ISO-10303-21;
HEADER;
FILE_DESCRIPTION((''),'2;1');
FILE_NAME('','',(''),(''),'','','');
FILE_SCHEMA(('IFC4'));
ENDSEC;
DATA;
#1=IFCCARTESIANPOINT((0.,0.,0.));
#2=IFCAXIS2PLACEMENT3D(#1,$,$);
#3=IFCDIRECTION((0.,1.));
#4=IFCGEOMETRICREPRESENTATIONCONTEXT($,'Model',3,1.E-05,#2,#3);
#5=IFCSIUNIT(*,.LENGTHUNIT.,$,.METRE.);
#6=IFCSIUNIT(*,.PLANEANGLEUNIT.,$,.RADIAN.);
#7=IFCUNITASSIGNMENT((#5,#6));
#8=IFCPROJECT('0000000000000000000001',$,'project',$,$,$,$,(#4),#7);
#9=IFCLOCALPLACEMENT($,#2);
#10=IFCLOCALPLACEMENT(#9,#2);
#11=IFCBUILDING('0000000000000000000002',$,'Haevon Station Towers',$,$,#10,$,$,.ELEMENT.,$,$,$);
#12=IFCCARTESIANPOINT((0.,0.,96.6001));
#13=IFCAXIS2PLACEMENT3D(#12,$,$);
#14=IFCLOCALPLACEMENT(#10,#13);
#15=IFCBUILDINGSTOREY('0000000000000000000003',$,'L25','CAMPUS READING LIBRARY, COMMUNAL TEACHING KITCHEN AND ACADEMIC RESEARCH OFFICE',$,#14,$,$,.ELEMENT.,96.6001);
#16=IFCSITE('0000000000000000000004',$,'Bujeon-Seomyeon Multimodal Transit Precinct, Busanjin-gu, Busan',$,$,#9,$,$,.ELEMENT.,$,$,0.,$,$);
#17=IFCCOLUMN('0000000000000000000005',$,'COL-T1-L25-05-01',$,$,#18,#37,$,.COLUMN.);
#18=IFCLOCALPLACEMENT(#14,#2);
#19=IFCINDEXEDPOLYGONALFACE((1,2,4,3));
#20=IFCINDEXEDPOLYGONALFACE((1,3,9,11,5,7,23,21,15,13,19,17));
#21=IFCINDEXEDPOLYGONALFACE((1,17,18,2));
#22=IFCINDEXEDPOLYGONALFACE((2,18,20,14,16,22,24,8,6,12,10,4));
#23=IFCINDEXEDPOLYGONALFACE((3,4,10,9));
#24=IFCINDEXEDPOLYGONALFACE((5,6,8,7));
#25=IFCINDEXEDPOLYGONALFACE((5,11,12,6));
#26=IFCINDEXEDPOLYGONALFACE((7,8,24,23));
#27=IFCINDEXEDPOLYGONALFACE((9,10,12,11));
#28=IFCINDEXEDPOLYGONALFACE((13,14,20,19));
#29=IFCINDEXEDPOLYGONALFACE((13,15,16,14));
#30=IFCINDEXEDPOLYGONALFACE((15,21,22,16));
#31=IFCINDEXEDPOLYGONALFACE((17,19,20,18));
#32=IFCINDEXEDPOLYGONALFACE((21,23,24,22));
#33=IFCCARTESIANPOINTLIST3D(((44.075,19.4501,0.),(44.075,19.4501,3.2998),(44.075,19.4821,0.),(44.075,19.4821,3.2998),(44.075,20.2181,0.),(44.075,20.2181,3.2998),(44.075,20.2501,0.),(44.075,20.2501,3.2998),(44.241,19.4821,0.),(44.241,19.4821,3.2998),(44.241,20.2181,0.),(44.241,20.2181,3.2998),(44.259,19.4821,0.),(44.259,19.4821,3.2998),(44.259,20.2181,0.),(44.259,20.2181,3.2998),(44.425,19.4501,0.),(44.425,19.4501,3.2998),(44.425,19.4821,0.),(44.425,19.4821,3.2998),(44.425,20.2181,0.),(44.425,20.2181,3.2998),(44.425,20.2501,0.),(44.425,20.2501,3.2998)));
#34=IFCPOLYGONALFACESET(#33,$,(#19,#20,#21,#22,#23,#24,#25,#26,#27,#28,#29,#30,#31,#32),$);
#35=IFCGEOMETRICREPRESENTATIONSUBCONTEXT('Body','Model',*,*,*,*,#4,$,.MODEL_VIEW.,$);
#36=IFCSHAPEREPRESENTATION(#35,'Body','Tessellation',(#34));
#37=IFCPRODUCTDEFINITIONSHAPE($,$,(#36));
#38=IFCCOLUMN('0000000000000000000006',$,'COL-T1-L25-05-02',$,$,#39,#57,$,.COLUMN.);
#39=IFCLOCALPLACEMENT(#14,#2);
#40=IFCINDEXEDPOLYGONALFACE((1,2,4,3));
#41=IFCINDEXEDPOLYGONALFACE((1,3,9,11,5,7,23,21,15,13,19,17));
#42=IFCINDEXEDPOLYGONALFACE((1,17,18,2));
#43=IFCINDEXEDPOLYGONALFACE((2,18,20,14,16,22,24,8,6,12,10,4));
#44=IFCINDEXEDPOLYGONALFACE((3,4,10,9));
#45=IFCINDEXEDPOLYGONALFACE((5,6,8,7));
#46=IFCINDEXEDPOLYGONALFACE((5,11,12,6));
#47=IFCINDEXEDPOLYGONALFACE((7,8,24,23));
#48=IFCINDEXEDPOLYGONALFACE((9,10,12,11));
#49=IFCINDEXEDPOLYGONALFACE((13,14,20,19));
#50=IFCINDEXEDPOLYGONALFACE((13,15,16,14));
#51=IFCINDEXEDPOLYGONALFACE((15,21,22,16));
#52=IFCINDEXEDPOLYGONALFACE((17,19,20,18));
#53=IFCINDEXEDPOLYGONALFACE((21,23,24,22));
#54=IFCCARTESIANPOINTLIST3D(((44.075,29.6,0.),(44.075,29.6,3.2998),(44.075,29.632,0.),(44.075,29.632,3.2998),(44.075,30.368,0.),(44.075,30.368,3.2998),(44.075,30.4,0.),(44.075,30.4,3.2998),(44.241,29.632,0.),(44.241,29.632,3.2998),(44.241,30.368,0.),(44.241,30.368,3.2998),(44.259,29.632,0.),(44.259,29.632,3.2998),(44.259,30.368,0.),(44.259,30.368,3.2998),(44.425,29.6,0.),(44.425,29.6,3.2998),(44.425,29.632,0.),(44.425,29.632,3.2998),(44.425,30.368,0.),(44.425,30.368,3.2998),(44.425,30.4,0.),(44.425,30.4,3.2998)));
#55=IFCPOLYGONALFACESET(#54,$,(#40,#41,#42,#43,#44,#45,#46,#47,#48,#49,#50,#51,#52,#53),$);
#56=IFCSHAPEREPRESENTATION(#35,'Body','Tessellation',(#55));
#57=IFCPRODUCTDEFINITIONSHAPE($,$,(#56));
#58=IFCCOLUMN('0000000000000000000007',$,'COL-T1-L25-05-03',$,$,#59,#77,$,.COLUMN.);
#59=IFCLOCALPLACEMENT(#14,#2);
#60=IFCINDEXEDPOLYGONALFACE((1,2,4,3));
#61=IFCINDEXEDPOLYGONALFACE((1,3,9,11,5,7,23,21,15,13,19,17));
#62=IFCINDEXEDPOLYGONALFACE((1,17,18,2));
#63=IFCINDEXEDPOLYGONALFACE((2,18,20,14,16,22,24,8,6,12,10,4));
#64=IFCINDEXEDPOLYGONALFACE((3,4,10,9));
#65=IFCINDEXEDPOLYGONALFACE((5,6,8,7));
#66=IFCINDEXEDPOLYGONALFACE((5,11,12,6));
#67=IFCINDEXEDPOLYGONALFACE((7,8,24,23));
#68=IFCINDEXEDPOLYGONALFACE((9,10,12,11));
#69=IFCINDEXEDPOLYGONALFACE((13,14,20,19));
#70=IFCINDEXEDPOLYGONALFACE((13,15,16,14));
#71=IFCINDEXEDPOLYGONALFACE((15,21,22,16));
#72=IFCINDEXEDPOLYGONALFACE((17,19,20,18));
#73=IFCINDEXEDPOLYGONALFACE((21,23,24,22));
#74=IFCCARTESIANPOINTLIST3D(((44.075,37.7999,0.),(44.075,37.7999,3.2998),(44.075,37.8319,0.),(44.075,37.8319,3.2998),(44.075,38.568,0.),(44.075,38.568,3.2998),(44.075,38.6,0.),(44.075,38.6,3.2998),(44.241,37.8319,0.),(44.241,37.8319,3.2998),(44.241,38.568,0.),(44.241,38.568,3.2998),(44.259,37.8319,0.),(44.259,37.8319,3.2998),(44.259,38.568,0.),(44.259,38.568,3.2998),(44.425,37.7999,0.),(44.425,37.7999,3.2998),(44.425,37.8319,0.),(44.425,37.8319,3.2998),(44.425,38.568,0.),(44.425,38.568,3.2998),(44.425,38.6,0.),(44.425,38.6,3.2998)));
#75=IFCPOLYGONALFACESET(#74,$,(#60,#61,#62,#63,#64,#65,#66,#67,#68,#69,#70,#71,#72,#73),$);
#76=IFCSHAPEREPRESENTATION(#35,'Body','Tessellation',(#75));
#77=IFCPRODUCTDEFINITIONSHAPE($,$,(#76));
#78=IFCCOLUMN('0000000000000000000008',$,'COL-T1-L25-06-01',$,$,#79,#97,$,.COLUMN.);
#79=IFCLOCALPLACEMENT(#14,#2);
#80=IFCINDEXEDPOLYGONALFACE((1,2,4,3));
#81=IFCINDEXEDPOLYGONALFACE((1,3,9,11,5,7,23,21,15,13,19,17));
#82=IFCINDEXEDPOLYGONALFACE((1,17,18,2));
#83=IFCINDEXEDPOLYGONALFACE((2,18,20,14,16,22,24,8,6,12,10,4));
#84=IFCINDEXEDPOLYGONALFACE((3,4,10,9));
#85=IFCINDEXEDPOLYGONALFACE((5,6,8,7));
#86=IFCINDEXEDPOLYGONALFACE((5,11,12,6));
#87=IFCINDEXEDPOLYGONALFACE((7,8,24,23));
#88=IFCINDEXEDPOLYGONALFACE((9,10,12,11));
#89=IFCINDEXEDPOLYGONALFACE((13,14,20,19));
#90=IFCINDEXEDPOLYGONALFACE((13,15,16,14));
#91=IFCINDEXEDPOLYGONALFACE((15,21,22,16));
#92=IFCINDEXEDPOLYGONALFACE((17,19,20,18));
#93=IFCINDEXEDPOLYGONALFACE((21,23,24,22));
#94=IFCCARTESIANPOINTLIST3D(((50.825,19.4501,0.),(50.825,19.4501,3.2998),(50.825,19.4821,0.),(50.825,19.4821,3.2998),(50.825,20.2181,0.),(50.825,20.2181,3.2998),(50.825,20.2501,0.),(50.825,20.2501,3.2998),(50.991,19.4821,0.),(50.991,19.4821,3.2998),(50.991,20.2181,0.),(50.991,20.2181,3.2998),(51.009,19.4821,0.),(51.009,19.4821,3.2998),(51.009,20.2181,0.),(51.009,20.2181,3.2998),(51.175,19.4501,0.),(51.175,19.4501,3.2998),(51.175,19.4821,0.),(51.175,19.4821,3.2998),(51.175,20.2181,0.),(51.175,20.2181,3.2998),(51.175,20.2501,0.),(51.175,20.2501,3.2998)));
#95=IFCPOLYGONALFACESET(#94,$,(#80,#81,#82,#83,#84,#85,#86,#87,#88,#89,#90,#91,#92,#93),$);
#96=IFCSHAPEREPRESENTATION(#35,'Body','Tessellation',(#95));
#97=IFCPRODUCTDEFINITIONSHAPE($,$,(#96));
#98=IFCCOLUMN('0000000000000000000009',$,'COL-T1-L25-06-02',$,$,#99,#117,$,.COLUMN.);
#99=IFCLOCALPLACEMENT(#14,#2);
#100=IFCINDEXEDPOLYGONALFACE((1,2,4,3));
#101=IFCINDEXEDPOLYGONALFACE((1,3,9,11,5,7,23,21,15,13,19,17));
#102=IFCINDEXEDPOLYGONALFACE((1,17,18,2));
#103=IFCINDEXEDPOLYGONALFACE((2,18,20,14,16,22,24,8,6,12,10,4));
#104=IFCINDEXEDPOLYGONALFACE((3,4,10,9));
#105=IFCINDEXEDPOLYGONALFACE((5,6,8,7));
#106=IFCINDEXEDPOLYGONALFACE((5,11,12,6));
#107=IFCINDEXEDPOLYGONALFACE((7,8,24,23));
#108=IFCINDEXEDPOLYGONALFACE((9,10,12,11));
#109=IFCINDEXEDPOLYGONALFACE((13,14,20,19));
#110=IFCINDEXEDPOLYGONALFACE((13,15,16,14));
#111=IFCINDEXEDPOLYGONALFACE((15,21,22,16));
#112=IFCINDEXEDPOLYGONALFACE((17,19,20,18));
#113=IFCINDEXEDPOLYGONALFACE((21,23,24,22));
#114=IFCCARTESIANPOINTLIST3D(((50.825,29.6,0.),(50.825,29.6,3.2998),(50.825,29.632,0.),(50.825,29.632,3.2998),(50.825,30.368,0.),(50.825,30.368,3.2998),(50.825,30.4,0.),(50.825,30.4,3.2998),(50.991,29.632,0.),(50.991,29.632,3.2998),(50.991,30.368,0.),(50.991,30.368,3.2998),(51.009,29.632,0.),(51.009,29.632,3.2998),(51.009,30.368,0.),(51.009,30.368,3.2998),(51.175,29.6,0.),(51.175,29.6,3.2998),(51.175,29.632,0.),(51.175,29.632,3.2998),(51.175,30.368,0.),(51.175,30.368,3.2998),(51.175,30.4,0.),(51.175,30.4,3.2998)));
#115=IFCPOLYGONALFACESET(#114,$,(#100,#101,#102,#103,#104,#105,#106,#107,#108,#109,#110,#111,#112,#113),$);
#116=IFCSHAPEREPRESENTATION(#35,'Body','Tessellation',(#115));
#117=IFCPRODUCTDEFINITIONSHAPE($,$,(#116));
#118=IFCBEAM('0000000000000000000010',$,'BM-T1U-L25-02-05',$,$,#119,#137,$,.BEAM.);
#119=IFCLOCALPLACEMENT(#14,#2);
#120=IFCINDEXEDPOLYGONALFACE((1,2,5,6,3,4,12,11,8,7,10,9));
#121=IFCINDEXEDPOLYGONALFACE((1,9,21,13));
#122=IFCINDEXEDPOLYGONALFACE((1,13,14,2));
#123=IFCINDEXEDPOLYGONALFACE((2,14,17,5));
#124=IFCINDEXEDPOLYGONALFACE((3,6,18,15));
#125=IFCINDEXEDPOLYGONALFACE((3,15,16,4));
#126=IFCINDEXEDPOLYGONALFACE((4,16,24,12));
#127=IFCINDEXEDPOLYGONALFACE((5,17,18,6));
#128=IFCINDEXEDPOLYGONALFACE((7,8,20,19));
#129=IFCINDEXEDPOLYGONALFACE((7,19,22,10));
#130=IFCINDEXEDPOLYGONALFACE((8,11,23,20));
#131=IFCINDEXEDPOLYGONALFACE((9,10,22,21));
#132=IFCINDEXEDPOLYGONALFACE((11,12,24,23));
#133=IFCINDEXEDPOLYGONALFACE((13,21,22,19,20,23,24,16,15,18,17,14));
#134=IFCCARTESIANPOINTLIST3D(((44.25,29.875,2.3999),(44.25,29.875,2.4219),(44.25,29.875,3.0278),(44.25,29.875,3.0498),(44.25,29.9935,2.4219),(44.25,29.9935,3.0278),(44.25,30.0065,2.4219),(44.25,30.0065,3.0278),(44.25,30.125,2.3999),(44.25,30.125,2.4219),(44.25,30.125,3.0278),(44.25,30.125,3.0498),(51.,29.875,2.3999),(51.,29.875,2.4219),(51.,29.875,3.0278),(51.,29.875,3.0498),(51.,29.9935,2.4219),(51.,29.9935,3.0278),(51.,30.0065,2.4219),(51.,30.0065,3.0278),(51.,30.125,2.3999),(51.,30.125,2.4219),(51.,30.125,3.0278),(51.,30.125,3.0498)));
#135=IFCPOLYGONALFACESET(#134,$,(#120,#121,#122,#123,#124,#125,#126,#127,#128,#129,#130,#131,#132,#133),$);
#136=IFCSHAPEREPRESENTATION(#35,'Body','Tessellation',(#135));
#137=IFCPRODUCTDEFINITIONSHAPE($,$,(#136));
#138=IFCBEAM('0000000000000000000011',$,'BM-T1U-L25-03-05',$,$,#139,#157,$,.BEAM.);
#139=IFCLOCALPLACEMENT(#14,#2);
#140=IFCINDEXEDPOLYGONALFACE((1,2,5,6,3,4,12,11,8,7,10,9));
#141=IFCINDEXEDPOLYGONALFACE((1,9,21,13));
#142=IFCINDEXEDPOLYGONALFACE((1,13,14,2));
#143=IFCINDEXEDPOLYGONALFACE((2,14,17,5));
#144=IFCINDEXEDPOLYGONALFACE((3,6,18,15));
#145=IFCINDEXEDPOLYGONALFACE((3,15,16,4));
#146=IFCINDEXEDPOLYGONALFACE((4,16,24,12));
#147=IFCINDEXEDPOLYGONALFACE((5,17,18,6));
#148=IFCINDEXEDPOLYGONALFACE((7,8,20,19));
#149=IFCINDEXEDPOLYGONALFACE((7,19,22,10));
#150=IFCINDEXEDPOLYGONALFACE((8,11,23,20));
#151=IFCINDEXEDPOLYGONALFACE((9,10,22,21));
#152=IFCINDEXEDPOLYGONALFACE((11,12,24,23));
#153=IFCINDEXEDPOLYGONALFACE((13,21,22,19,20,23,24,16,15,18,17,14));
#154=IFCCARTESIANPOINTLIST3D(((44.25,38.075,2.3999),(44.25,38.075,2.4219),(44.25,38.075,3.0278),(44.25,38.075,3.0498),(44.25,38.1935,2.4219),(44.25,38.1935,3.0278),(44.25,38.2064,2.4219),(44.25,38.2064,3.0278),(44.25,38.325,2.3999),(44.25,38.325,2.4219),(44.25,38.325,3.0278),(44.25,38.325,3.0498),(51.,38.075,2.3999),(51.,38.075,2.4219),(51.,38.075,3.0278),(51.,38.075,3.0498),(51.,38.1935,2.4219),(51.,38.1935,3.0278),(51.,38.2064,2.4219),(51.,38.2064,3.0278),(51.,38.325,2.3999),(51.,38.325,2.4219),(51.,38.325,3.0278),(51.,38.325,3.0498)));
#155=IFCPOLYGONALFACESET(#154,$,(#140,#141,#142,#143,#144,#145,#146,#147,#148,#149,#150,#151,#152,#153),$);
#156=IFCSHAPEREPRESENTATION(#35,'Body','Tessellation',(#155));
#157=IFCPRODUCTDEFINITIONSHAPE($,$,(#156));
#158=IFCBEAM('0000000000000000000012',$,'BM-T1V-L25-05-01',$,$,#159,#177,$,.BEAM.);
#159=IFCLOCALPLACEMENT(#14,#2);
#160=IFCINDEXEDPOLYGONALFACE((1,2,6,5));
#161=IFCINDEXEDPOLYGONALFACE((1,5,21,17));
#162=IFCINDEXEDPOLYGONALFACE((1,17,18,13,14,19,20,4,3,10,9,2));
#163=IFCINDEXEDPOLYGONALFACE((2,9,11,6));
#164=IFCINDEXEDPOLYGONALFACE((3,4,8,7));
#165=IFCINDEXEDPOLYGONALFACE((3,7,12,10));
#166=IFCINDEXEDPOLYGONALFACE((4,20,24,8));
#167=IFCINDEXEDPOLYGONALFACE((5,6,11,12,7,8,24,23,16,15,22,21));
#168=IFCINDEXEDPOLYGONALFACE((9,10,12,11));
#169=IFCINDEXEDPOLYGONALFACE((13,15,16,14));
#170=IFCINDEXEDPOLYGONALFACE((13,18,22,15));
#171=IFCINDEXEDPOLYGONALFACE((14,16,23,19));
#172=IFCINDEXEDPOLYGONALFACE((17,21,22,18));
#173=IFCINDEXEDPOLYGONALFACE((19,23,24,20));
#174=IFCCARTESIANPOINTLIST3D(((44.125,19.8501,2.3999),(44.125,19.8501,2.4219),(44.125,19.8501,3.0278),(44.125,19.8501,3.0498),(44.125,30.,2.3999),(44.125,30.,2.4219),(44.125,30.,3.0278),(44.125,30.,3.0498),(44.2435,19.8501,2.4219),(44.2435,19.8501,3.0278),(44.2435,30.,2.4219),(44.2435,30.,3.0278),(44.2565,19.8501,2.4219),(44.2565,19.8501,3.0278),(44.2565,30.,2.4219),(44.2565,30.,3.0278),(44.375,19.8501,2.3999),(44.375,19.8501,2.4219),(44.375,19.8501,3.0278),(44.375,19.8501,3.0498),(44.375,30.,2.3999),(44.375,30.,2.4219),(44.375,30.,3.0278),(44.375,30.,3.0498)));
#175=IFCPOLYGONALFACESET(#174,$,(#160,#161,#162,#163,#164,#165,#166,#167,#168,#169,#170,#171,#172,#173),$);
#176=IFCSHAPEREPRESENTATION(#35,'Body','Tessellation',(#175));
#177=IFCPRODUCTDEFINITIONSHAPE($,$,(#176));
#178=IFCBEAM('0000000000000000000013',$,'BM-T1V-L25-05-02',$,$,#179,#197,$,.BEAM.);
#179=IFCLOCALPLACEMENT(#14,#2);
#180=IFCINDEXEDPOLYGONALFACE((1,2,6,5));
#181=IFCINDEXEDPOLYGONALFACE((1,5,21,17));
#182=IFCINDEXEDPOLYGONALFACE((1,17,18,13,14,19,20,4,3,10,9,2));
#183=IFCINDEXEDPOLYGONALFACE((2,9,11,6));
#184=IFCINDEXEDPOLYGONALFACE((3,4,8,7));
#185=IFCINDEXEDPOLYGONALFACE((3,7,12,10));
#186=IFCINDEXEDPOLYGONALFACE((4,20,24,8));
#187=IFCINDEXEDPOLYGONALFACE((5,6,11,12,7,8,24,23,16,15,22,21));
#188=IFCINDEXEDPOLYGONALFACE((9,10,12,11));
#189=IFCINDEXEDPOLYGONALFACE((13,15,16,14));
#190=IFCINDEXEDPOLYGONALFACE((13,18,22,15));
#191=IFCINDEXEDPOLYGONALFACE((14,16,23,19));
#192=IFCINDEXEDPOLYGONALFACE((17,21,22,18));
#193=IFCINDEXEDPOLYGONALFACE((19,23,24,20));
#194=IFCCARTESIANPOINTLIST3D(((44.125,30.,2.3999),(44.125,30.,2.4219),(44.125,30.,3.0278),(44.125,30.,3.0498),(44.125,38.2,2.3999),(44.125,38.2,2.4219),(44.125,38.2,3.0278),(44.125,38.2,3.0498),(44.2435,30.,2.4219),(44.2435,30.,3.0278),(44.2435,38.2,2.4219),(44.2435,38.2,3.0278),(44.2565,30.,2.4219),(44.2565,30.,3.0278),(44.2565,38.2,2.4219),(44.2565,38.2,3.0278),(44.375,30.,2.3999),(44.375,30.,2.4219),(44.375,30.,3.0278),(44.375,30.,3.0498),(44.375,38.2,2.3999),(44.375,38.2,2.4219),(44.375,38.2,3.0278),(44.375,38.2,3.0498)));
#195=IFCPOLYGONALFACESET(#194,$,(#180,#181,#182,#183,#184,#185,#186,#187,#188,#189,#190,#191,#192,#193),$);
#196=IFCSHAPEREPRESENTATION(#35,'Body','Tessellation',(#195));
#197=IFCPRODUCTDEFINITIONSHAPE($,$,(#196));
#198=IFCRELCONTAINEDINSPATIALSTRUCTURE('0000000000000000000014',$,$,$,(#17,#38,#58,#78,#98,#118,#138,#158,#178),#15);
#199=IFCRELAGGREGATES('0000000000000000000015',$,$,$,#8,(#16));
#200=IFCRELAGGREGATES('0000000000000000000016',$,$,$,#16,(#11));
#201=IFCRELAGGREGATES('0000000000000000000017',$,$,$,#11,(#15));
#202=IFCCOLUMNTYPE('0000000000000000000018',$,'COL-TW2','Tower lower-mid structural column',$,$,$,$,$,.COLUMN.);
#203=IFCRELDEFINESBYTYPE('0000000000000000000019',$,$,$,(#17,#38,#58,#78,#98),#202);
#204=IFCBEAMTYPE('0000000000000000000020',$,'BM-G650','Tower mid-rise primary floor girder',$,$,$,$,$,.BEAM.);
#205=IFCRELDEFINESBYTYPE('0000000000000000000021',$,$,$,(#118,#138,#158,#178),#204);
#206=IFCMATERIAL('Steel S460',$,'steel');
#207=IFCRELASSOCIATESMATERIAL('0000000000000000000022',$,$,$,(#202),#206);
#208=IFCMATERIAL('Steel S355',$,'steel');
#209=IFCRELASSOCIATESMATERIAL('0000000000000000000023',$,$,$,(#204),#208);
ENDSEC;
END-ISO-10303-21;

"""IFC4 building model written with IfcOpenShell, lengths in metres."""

from ifc_helpers import new_model, si_unit, direction, frame, origin, origin_2d, place, context, subcontext, project, spatial, i_section, extrude, material, material_profile, profile_set, type_object, element, save


model = new_model("IFC4")

# Units and contexts
model_context = context("Model", 3, precision=1e-05, world=origin(), true_north=direction((0.0, 1.0)))
body_context = subcontext(model_context, "Body", "Model", "MODEL_VIEW")
ifc_project = project(units=[si_unit("LENGTHUNIT", "METRE"), si_unit("PLANEANGLEUNIT", "RADIAN")], contexts=[model_context])

# Site, building, storey
site_placement = place(None, origin())
site = spatial("IfcSite", under=ifc_project, at=site_placement, Name="Bujeon-Seomyeon Multimodal Transit Precinct, Busanjin-gu, Busan", CompositionType="ELEMENT", RefElevation=0.0)
building_placement = place(site_placement, origin())
building = spatial("IfcBuilding", under=site, at=building_placement, Name="Haevon Station Towers", CompositionType="ELEMENT")
storey_placement = place(building_placement, frame((0.0, 0.0, 96.6001)))
storey = spatial("IfcBuildingStorey", under=building, at=storey_placement, Name="L25", Description="CAMPUS READING LIBRARY, COMMUNAL TEACHING KITCHEN AND ACADEMIC RESEARCH OFFICE", CompositionType="ELEMENT", Elevation=96.6001)

# Columns
ifc_material_1 = material(Name="Steel S460", Category="steel")
ifc_material_profile_1 = material_profile(ifc_material_1, i_section(OverallWidth=0.3501, OverallDepth=0.8, WebThickness=0.0181, FlangeThickness=0.032, at=origin_2d()), Name="H-800x350x18x32")
ifc_profile_set_1 = profile_set([ifc_material_profile_1], Name="Steel S460")
column_type = type_object("IfcColumnType", Name="COL-TW2", Description="Tower lower-mid structural column", PredefinedType="COLUMN", material=ifc_profile_set_1)
for number, where, z_axis, x_axis, name in (
    (1, (44.25, 19.8501, 0.0), (0.0, 0.0, 1.0), (1.0, 0.0, 0.0), "COL-T1-L25-05-01"),
    (2, (44.25, 30.0, 0.0), (0.0, 0.0, 1.0), (1.0, 0.0, 0.0), "COL-T1-L25-05-02"),
    (3, (44.25, 38.2, 0.0), (0.0, 0.0, 1.0), (1.0, 0.0, 0.0), "COL-T1-L25-05-03"),
    (4, (51.0, 19.8501, 0.0), (0.0, 0.0, 1.0), (1.0, 0.0, 0.0), "COL-T1-L25-06-01"),
    (5, (51.0, 30.0, 0.0), (0.0, 0.0, 1.0), (1.0, 0.0, 0.0), "COL-T1-L25-06-02"),
):
    element("IfcColumn", number, at=place(storey_placement, frame(where, z_axis=z_axis, x_axis=x_axis)), inside=storey, type_object=column_type, Name=name, PredefinedType="COLUMN", context=body_context, shape_type="SweptSolid", body=[
        extrude(i_section(OverallWidth=0.3501, OverallDepth=0.8, WebThickness=0.0181, FlangeThickness=0.032, at=origin_2d()), origin(), (0.0, 0.0, 1.0), 3.2998),
    ])

# Beams
ifc_material_2 = material(Name="Steel S355", Category="steel")
ifc_material_profile_2 = material_profile(ifc_material_2, i_section(OverallWidth=0.25, OverallDepth=0.6499, WebThickness=0.0129, FlangeThickness=0.022, at=origin_2d()), Name="H-650x250x13x22")
ifc_profile_set_2 = profile_set([ifc_material_profile_2], Name="Steel S355")
beam_type_1 = type_object("IfcBeamType", Name="BM-G650", Description="Tower mid-rise primary floor girder", PredefinedType="BEAM", material=ifc_profile_set_2)
for number, where, z_axis, x_axis, name in (
    (6, (44.25, 30.0, 2.7249), (1.0, 0.0, 0.0), (0.0, 1.0, 0.0), "BM-T1U-L25-02-05"),
    (7, (44.25, 38.2, 2.7249), (1.0, 0.0, 0.0), (0.0, 1.0, 0.0), "BM-T1U-L25-03-05"),
):
    element("IfcBeam", number, at=place(storey_placement, frame(where, z_axis=z_axis, x_axis=x_axis)), inside=storey, type_object=beam_type_1, Name=name, PredefinedType="BEAM", context=body_context, shape_type="SweptSolid", body=[
        extrude(i_section(OverallWidth=0.25, OverallDepth=0.6499, WebThickness=0.0129, FlangeThickness=0.022, at=origin_2d()), origin(), (0.0, 0.0, 1.0), 6.75),
    ])
beam_1_placement = place(storey_placement, frame((44.25, 19.8501, 2.7249), z_axis=(0.0, 1.0, 0.0), x_axis=(-1.0, 0.0, 0.0)))
element("IfcBeam", 8, at=beam_1_placement, inside=storey, type_object=beam_type_1, Name="BM-T1V-L25-05-01", PredefinedType="BEAM", context=body_context, shape_type="SweptSolid", body=[
    extrude(i_section(OverallWidth=0.25, OverallDepth=0.6499, WebThickness=0.0129, FlangeThickness=0.022, at=origin_2d()), origin(), (0.0, 0.0, 1.0), 10.1499),
])
beam_2_placement = place(storey_placement, frame((44.25, 30.0, 2.7249), z_axis=(0.0, 1.0, 0.0), x_axis=(-1.0, 0.0, 0.0)))
element("IfcBeam", 9, at=beam_2_placement, inside=storey, type_object=beam_type_1, Name="BM-T1V-L25-05-02", PredefinedType="BEAM", context=body_context, shape_type="SweptSolid", body=[
    extrude(i_section(OverallWidth=0.25, OverallDepth=0.6499, WebThickness=0.0129, FlangeThickness=0.022, at=origin_2d()), origin(), (0.0, 0.0, 1.0), 8.2),
])

save(model, "model.ifc")
